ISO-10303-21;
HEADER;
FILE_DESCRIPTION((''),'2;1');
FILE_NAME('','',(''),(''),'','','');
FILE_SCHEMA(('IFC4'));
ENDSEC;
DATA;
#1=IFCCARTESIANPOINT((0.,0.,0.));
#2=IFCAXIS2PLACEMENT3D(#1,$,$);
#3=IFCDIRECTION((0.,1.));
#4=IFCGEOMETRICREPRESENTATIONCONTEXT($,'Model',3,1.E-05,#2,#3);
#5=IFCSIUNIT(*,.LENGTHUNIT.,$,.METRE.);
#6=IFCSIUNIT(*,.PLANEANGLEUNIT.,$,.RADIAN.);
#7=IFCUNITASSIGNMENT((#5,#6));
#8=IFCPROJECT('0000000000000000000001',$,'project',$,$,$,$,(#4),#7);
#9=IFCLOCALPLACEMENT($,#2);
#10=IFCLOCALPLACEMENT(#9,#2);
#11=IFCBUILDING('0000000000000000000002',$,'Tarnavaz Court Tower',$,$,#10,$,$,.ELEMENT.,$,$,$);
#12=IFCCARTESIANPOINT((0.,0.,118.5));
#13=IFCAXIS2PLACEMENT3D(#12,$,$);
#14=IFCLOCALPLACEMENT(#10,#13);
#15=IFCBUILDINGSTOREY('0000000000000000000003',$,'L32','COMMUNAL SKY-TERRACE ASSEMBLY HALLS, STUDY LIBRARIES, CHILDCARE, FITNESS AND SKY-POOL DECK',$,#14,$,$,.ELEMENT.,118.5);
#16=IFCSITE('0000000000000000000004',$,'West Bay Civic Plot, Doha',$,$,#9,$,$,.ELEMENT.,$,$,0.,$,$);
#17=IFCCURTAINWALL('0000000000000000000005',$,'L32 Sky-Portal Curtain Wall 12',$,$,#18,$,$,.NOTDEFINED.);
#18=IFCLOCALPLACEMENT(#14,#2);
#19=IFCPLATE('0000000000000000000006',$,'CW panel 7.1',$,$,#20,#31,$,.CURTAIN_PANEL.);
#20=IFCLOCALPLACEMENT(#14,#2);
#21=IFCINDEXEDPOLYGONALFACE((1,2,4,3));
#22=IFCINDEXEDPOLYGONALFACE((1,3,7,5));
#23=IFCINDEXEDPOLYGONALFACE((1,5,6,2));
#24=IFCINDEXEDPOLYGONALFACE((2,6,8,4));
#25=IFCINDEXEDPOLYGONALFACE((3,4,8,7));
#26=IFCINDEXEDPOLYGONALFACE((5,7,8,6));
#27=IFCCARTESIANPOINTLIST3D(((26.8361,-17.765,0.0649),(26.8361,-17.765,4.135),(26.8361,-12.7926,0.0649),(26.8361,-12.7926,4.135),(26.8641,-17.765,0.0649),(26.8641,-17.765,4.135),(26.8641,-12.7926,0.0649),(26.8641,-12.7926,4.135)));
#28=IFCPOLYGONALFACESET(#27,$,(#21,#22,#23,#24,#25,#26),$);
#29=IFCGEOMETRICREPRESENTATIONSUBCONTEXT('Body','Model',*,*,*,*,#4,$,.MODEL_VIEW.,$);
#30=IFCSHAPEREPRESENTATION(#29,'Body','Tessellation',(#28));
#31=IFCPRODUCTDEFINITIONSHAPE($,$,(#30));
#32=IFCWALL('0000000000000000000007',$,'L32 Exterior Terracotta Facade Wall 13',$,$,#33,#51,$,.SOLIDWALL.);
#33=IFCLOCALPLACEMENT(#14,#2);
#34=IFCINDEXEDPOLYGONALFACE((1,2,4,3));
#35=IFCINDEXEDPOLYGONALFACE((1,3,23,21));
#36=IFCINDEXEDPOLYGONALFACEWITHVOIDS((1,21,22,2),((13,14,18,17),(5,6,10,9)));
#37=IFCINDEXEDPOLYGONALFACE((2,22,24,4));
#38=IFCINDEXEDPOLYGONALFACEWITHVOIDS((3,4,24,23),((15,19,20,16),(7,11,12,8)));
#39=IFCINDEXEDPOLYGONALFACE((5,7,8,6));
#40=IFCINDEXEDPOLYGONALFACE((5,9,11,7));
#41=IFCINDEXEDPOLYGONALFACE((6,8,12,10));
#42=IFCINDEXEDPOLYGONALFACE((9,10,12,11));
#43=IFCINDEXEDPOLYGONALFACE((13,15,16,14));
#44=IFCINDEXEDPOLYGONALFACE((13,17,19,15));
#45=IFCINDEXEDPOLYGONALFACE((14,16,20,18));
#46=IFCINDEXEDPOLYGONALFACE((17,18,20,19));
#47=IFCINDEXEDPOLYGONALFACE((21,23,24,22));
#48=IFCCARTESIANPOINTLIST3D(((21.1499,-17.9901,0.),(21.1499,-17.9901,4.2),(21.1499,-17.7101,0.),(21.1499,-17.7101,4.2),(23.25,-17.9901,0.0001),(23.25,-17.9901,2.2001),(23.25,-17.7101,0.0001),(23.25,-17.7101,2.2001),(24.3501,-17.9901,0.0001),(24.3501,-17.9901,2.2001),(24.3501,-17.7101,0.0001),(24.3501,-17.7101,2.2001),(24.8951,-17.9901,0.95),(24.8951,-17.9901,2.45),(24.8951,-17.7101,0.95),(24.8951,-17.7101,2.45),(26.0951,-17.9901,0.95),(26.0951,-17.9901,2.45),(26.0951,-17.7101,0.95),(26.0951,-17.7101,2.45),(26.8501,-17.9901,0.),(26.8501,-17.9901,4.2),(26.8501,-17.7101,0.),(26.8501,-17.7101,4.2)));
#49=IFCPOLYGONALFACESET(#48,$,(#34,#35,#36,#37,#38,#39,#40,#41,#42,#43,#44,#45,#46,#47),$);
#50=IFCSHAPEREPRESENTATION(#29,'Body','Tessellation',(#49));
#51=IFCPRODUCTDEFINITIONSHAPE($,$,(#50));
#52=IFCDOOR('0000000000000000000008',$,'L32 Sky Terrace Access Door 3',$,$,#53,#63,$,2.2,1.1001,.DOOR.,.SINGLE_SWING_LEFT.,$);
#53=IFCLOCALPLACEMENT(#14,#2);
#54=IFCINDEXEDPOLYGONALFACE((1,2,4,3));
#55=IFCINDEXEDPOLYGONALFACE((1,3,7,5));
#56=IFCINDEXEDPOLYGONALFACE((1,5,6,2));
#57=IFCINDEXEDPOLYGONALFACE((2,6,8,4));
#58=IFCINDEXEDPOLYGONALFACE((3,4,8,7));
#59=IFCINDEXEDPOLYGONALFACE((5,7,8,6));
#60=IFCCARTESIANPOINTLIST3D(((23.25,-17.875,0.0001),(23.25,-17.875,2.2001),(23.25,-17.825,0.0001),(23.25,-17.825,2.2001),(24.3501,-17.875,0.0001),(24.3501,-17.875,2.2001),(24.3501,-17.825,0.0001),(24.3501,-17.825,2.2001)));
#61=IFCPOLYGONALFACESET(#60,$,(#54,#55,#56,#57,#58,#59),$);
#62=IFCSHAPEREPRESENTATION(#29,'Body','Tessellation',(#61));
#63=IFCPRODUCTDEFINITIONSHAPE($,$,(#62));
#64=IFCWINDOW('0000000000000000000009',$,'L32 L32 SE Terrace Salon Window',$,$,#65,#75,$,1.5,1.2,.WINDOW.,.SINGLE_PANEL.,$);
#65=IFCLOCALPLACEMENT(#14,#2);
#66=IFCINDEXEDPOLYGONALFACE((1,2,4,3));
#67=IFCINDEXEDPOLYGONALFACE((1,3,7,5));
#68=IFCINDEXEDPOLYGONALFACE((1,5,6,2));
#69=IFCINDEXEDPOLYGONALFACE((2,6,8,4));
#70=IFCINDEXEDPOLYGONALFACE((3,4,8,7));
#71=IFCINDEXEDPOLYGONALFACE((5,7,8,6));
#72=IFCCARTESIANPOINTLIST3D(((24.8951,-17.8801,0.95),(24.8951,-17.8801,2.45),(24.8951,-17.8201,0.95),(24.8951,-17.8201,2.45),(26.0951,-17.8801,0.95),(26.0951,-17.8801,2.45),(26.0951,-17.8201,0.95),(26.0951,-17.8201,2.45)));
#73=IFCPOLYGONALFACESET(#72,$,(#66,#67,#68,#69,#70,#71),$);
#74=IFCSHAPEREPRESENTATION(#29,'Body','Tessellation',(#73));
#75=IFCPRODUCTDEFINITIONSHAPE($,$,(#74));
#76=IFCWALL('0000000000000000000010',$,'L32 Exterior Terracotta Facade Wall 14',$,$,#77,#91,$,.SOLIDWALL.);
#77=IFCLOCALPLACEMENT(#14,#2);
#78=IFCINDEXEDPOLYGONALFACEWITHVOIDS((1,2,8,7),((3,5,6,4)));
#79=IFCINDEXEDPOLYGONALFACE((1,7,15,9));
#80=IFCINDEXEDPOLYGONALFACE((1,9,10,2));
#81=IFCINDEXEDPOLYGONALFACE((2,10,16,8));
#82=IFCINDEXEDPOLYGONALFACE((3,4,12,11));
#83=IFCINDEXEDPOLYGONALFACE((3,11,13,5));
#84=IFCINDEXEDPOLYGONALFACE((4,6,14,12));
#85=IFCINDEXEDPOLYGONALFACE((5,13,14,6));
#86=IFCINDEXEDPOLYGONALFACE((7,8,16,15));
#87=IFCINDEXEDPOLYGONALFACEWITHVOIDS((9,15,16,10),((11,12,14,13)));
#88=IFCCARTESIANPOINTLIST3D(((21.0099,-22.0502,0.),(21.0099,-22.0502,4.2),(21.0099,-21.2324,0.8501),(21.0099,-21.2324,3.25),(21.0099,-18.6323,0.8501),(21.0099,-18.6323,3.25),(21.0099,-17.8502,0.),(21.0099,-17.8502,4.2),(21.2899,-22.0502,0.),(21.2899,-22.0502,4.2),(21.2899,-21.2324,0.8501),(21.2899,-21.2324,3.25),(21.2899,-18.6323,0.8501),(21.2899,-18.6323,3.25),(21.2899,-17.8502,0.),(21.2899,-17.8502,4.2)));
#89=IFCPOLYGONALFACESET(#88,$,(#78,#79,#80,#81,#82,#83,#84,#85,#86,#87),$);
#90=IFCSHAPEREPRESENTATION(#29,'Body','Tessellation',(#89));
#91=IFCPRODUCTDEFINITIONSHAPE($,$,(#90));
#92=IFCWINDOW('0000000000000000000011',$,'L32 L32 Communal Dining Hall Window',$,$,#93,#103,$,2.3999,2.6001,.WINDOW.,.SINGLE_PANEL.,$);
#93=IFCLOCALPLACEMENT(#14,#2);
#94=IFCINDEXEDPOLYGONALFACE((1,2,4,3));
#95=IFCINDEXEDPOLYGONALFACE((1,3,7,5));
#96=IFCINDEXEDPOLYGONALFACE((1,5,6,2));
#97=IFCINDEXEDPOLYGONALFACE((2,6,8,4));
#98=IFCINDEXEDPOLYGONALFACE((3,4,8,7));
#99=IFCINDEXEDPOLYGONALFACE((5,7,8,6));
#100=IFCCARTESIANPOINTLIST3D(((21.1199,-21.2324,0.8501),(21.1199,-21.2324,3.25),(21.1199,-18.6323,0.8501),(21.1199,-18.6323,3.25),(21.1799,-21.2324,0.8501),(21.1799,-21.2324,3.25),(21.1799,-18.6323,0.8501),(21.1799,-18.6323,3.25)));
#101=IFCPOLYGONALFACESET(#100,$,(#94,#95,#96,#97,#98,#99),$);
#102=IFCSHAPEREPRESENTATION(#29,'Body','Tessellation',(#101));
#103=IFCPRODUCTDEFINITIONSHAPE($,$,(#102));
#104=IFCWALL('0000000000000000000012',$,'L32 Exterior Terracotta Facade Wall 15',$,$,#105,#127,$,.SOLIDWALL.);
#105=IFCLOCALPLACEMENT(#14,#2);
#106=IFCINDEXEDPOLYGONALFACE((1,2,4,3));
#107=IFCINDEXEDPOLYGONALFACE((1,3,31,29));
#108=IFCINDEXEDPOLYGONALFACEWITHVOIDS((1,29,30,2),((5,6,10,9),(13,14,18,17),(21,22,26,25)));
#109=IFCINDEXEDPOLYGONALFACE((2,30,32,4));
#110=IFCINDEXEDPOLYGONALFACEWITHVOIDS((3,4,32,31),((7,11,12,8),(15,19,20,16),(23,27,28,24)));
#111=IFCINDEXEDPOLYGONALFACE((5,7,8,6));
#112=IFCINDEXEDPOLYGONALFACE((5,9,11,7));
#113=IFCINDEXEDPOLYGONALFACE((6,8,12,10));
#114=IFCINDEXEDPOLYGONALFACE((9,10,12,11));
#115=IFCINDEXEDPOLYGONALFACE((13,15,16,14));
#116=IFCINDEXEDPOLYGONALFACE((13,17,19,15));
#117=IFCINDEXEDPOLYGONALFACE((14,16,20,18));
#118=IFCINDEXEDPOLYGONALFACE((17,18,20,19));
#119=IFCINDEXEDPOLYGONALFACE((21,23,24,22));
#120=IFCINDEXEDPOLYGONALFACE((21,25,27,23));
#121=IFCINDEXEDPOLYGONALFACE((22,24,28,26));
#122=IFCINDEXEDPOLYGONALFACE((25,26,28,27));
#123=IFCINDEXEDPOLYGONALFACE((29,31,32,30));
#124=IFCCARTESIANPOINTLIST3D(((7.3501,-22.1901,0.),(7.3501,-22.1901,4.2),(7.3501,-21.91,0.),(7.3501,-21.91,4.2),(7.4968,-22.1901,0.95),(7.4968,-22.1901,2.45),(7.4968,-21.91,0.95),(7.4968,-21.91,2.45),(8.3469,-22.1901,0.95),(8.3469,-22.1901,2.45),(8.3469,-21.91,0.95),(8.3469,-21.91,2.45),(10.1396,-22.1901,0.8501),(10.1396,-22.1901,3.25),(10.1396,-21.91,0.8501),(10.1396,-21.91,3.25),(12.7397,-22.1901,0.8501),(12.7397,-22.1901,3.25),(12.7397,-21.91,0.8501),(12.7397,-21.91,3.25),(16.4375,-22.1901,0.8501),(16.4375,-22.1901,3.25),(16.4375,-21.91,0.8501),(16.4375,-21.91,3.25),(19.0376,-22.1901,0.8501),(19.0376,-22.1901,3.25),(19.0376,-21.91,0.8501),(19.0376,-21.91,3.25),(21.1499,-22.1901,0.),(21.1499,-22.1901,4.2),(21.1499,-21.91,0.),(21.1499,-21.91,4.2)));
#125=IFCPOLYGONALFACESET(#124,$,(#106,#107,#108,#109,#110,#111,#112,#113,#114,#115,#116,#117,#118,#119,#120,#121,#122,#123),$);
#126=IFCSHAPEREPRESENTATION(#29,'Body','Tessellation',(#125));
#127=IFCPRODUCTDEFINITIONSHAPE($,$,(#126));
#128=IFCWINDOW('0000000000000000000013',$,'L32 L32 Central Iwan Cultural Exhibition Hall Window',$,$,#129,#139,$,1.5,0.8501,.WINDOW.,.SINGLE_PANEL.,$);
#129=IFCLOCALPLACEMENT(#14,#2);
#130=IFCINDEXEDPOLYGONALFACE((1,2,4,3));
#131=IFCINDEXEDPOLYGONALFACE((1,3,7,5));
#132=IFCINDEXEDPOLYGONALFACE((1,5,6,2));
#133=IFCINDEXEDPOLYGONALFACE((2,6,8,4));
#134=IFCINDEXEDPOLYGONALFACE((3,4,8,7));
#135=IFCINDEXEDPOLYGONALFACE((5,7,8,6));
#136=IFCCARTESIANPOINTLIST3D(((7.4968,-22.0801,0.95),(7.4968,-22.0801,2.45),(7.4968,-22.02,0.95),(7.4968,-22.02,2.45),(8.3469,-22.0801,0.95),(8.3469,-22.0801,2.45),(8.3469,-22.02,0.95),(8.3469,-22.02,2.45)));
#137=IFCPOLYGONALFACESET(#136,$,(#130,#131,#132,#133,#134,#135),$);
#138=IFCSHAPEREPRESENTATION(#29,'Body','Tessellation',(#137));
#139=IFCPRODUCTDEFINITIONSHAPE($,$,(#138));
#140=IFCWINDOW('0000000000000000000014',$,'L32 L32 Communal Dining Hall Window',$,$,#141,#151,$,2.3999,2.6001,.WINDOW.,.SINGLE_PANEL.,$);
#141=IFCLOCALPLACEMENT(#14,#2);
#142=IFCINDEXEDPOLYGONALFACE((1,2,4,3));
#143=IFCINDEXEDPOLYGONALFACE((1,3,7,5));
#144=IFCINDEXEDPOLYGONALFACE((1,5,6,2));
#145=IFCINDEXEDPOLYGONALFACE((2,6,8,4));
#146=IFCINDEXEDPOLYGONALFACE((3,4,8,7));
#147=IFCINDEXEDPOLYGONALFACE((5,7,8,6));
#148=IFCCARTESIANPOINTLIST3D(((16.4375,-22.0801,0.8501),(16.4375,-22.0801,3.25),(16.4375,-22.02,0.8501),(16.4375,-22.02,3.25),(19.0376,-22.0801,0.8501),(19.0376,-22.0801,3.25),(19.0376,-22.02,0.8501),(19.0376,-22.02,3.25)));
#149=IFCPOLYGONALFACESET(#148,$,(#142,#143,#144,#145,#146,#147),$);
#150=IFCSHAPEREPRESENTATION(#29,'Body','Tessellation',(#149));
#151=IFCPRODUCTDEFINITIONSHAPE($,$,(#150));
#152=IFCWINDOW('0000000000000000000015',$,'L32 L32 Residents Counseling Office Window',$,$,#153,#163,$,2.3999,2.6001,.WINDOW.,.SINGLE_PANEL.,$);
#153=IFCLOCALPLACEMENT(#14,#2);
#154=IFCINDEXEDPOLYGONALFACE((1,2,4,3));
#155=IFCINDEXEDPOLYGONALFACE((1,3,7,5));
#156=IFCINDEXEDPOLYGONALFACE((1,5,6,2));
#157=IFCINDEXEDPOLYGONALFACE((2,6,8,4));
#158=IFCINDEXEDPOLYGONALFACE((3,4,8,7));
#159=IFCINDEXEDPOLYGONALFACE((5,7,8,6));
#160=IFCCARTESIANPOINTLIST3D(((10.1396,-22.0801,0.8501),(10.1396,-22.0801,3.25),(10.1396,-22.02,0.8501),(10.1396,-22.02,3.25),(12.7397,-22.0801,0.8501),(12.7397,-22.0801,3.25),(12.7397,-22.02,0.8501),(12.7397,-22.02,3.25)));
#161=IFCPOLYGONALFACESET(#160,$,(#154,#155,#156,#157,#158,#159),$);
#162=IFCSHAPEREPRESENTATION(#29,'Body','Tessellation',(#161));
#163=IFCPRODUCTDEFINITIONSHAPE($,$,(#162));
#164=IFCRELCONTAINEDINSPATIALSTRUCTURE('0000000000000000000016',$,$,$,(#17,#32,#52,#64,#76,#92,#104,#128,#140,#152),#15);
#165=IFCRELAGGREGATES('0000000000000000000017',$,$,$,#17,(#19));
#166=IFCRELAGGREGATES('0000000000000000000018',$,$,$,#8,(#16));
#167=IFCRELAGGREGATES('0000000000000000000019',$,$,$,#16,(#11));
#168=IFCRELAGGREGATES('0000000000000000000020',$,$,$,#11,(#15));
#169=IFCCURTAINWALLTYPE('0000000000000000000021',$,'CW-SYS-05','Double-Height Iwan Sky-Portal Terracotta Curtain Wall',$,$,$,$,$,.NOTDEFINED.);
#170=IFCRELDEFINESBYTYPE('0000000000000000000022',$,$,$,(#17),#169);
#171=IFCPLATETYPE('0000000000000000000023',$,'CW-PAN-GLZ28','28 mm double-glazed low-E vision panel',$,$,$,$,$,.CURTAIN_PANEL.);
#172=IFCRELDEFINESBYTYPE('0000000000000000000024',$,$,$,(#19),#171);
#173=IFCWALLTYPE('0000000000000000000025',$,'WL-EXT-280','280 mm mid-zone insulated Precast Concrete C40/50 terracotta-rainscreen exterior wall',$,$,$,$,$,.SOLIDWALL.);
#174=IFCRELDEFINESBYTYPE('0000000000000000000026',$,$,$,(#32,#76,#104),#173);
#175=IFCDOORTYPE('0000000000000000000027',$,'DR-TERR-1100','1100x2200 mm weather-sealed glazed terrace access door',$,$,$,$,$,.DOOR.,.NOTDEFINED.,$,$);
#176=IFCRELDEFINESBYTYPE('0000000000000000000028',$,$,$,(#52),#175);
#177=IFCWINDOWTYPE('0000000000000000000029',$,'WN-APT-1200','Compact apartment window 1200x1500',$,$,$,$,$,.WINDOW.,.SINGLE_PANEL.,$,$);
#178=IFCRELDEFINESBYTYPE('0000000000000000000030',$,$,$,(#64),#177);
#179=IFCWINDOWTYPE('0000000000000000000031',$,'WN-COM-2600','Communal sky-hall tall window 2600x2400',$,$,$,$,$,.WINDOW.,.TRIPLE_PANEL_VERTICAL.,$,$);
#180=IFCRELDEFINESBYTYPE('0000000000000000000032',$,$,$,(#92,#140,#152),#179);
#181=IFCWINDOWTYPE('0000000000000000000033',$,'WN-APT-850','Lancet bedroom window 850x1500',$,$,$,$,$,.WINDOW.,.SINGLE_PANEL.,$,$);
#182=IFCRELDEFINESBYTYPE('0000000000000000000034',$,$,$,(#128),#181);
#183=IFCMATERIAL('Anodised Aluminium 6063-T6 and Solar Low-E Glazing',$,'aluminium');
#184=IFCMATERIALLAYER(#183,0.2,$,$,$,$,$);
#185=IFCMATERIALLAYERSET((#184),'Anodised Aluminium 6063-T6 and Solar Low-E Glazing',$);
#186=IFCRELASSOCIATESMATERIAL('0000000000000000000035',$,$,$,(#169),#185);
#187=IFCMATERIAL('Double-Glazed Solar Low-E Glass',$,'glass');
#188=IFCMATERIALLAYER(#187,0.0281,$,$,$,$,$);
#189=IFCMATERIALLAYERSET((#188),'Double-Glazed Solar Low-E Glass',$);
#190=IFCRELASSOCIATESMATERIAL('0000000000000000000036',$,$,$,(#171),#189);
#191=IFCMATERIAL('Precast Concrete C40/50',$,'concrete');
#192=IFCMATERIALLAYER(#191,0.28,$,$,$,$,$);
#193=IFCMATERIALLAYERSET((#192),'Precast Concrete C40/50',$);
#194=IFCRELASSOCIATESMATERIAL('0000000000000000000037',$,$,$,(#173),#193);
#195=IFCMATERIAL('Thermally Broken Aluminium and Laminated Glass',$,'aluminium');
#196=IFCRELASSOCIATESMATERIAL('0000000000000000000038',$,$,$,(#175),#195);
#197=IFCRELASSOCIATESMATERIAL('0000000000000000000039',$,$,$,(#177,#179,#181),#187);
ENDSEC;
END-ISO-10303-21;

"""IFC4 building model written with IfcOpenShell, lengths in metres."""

from ifc_helpers import new_model, si_unit, direction, frame, frame_2d, origin, origin_2d, place, context, subcontext, project, spatial, rectangle, extrude, material, layer, layer_set, type_object, element, fill, aggregate, save


model = new_model("IFC4")

# Units and contexts
model_context = context("Model", 3, precision=1e-05, world=origin(), true_north=direction((0.0, 1.0)))
body_context = subcontext(model_context, "Body", "Model", "MODEL_VIEW")
ifc_project = project(units=[si_unit("LENGTHUNIT", "METRE"), si_unit("PLANEANGLEUNIT", "RADIAN")], contexts=[model_context])

# Site, building, storey
site_placement = place(None, origin())
site = spatial("IfcSite", under=ifc_project, at=site_placement, Name="West Bay Civic Plot, Doha", CompositionType="ELEMENT", RefElevation=0.0)
building_placement = place(site_placement, origin())
building = spatial("IfcBuilding", under=site, at=building_placement, Name="Tarnavaz Court Tower", CompositionType="ELEMENT")
storey_placement = place(building_placement, frame((0.0, 0.0, 118.5)))
storey = spatial("IfcBuildingStorey", under=building, at=storey_placement, Name="L32", Description="COMMUNAL SKY-TERRACE ASSEMBLY HALLS, STUDY LIBRARIES, CHILDCARE, FITNESS AND SKY-POOL DECK", CompositionType="ELEMENT", Elevation=118.5)

# Curtain wall, plate
ifc_material_1 = material(Name="Anodised Aluminium 6063-T6 and Solar Low-E Glazing", Category="aluminium")
ifc_layer_1 = layer(ifc_material_1, 0.2)
ifc_layer_set_1 = layer_set([ifc_layer_1], Name="Anodised Aluminium 6063-T6 and Solar Low-E Glazing")
curtain_wall_type = type_object("IfcCurtainWallType", Name="CW-SYS-05", Description="Double-Height Iwan Sky-Portal Terracotta Curtain Wall", PredefinedType="NOTDEFINED", material=ifc_layer_set_1)
curtain_wall_placement = place(storey_placement, origin())
curtain_wall = element("IfcCurtainWall", 1, at=curtain_wall_placement, inside=storey, type_object=curtain_wall_type, Name="L32 Sky-Portal Curtain Wall 12", PredefinedType="NOTDEFINED")
ifc_material_2 = material(Name="Double-Glazed Solar Low-E Glass", Category="glass")
ifc_layer_2 = layer(ifc_material_2, 0.0281)
ifc_layer_set_2 = layer_set([ifc_layer_2], Name="Double-Glazed Solar Low-E Glass")
plate_type = type_object("IfcPlateType", Name="CW-PAN-GLZ28", Description="28 mm double-glazed low-E vision panel", PredefinedType="CURTAIN_PANEL", material=ifc_layer_set_2)
plate_placement = place(storey_placement, frame((26.8501, -15.2788, 0.0649), z_axis=(0.0, 0.0, 1.0), x_axis=(0.0, -1.0, 0.0)))
plate = element("IfcPlate", 2, at=plate_placement, type_object=plate_type, Name="CW panel 7.1", PredefinedType="CURTAIN_PANEL", context=body_context, shape_type="SweptSolid", body=[
    extrude(rectangle(XDim=4.9724, YDim=0.0281, at=origin_2d()), origin(), (0.0, 0.0, 1.0), 4.0701),
])
aggregate(curtain_wall, [plate])

# Wall, openings, door, window
ifc_material_3 = material(Name="Precast Concrete C40/50", Category="concrete")
ifc_layer_3 = layer(ifc_material_3, 0.28)
ifc_layer_set_3 = layer_set([ifc_layer_3], Name="Precast Concrete C40/50")
wall_type_1 = type_object("IfcWallType", Name="WL-EXT-280", Description="280 mm mid-zone insulated Precast Concrete C40/50 terracotta-rainscreen exterior wall", PredefinedType="SOLIDWALL", material=ifc_layer_set_3)
wall_1_placement = place(storey_placement, frame((26.8501, -17.8501, 0.0), z_axis=(0.0, 0.0, 1.0), x_axis=(-1.0, 0.0, 0.0)))
wall_1 = element("IfcWall", 3, at=wall_1_placement, inside=storey, type_object=wall_type_1, Name="L32 Exterior Terracotta Facade Wall 13", PredefinedType="SOLIDWALL", context=body_context, shape_type="SweptSolid", body=[
    extrude(rectangle(XDim=5.7002, YDim=0.28, at=frame_2d((2.8501, 0.0))), origin(), (0.0, 0.0, 1.0), 4.2),
])
opening_1_placement = place(wall_1_placement, frame((2.5, 0.0, 0.0)))
opening_1 = element("IfcOpeningElement", 4, at=opening_1_placement, cuts=wall_1, PredefinedType="OPENING", context=body_context, shape_type="SweptSolid", body=[
    extrude(rectangle(XDim=1.1001, YDim=2.2, at=frame_2d((0.55, 1.1001))), frame((0.0, 0.1499, 0.0), z_axis=(0.0, -1.0, 0.0), x_axis=(1.0, 0.0, 0.0)), (0.0, 0.0, 1.0), 0.3),
])
opening_2_placement = place(wall_1_placement, frame((0.7549, 0.0, 0.95)))
opening_2 = element("IfcOpeningElement", 5, at=opening_2_placement, cuts=wall_1, PredefinedType="OPENING", context=body_context, shape_type="SweptSolid", body=[
    extrude(rectangle(XDim=1.2, YDim=1.5, at=frame_2d((0.6001, 0.75))), frame((0.0, 0.1499, 0.0), z_axis=(0.0, -1.0, 0.0), x_axis=(1.0, 0.0, 0.0)), (0.0, 0.0, 1.0), 0.3),
])
ifc_material_4 = material(Name="Thermally Broken Aluminium and Laminated Glass", Category="aluminium")
door_type = type_object("IfcDoorType", Name="DR-TERR-1100", Description="1100x2200 mm weather-sealed glazed terrace access door", OperationType="NOTDEFINED", PredefinedType="DOOR", material=ifc_material_4)
door_placement = place(opening_1_placement, origin())
door = element("IfcDoor", 6, at=door_placement, inside=storey, type_object=door_type, Name="L32 Sky Terrace Access Door 3", OperationType="SINGLE_SWING_LEFT", OverallHeight=2.2, OverallWidth=1.1001, PredefinedType="DOOR", context=body_context, shape_type="SweptSolid", body=[
    extrude(rectangle(XDim=1.1001, YDim=2.2, at=frame_2d((0.55, 1.1001))), frame((0.0, 0.0249, 0.0), z_axis=(0.0, -1.0, 0.0), x_axis=(1.0, 0.0, 0.0)), (0.0, 0.0, 1.0), 0.05),
])
fill(opening_1, door)
window_type_1 = type_object("IfcWindowType", Name="WN-APT-1200", Description="Compact apartment window 1200x1500", PartitioningType="SINGLE_PANEL", PredefinedType="WINDOW", material=ifc_material_2)
window_1_placement = place(opening_2_placement, origin())
window_1 = element("IfcWindow", 7, at=window_1_placement, inside=storey, type_object=window_type_1, Name="L32 L32 SE Terrace Salon Window", OverallHeight=1.5, OverallWidth=1.2, PartitioningType="SINGLE_PANEL", PredefinedType="WINDOW", context=body_context, shape_type="SweptSolid", body=[
    extrude(rectangle(XDim=1.2, YDim=1.5, at=frame_2d((0.6001, 0.75))), frame((0.0, 0.03, 0.0), z_axis=(0.0, -1.0, 0.0), x_axis=(1.0, 0.0, 0.0)), (0.0, 0.0, 1.0), 0.0601),
])
fill(opening_2, window_1)

# Wall, opening, window
wall_2_placement = place(storey_placement, frame((21.1499, -17.8501, 0.0), z_axis=(0.0, 0.0, 1.0), x_axis=(0.0, -1.0, 0.0)))
wall_2 = element("IfcWall", 8, at=wall_2_placement, inside=storey, type_object=wall_type_1, Name="L32 Exterior Terracotta Facade Wall 14", PredefinedType="SOLIDWALL", context=body_context, shape_type="SweptSolid", body=[
    extrude(rectangle(XDim=4.2, YDim=0.28, at=frame_2d((2.1001, 0.0))), origin(), (0.0, 0.0, 1.0), 4.2),
])
opening_3_placement = place(wall_2_placement, frame((0.7822, 0.0, 0.8501)))
opening_3 = element("IfcOpeningElement", 9, at=opening_3_placement, cuts=wall_2, PredefinedType="OPENING", context=body_context, shape_type="SweptSolid", body=[
    extrude(rectangle(XDim=2.6001, YDim=2.3999, at=frame_2d((1.3, 1.2))), frame((0.0, 0.1499, 0.0), z_axis=(0.0, -1.0, 0.0), x_axis=(1.0, 0.0, 0.0)), (0.0, 0.0, 1.0), 0.3),
])
window_type_2 = type_object("IfcWindowType", Name="WN-COM-2600", Description="Communal sky-hall tall window 2600x2400", PartitioningType="TRIPLE_PANEL_VERTICAL", PredefinedType="WINDOW", material=ifc_material_2)
window_2_placement = place(opening_3_placement, origin())
window_2 = element("IfcWindow", 10, at=window_2_placement, inside=storey, type_object=window_type_2, Name="L32 L32 Communal Dining Hall Window", OverallHeight=2.3999, OverallWidth=2.6001, PartitioningType="SINGLE_PANEL", PredefinedType="WINDOW", context=body_context, shape_type="SweptSolid", body=[
    extrude(rectangle(XDim=2.6001, YDim=2.3999, at=frame_2d((1.3, 1.2))), frame((0.0, 0.03, 0.0), z_axis=(0.0, -1.0, 0.0), x_axis=(1.0, 0.0, 0.0)), (0.0, 0.0, 1.0), 0.0601),
])
fill(opening_3, window_2)

# Wall, openings, windows
wall_3_placement = place(storey_placement, frame((21.1499, -22.05, 0.0), z_axis=(0.0, 0.0, 1.0), x_axis=(-1.0, 0.0, 0.0)))
wall_3 = element("IfcWall", 11, at=wall_3_placement, inside=storey, type_object=wall_type_1, Name="L32 Exterior Terracotta Facade Wall 15", PredefinedType="SOLIDWALL", context=body_context, shape_type="SweptSolid", body=[
    extrude(rectangle(XDim=13.7998, YDim=0.28, at=frame_2d((6.8999, 0.0))), origin(), (0.0, 0.0, 1.0), 4.2),
])
opening_4_placement = place(wall_3_placement, frame((2.1123, 0.0, 0.8501)))
opening_4 = element("IfcOpeningElement", 12, at=opening_4_placement, cuts=wall_3, PredefinedType="OPENING", context=body_context, shape_type="SweptSolid", body=[
    extrude(rectangle(XDim=2.6001, YDim=2.3999, at=frame_2d((1.3, 1.2))), frame((0.0, 0.1499, 0.0), z_axis=(0.0, -1.0, 0.0), x_axis=(1.0, 0.0, 0.0)), (0.0, 0.0, 1.0), 0.3),
])
opening_5_placement = place(wall_3_placement, frame((8.4102, 0.0, 0.8501)))
opening_5 = element("IfcOpeningElement", 13, at=opening_5_placement, cuts=wall_3, PredefinedType="OPENING", context=body_context, shape_type="SweptSolid", body=[
    extrude(rectangle(XDim=2.6001, YDim=2.3999, at=frame_2d((1.3, 1.2))), frame((0.0, 0.1499, 0.0), z_axis=(0.0, -1.0, 0.0), x_axis=(1.0, 0.0, 0.0)), (0.0, 0.0, 1.0), 0.3),
])
opening_6_placement = place(wall_3_placement, frame((12.803, 0.0, 0.95)))
opening_6 = element("IfcOpeningElement", 14, at=opening_6_placement, cuts=wall_3, PredefinedType="OPENING", context=body_context, shape_type="SweptSolid", body=[
    extrude(rectangle(XDim=0.8501, YDim=1.5, at=frame_2d((0.425, 0.75))), frame((0.0, 0.1499, 0.0), z_axis=(0.0, -1.0, 0.0), x_axis=(1.0, 0.0, 0.0)), (0.0, 0.0, 1.0), 0.3),
])
window_type_3 = type_object("IfcWindowType", Name="WN-APT-850", Description="Lancet bedroom window 850x1500", PartitioningType="SINGLE_PANEL", PredefinedType="WINDOW", material=ifc_material_2)
window_3_placement = place(opening_6_placement, origin())
window_3 = element("IfcWindow", 15, at=window_3_placement, inside=storey, type_object=window_type_3, Name="L32 L32 Central Iwan Cultural Exhibition Hall Window", OverallHeight=1.5, OverallWidth=0.8501, PartitioningType="SINGLE_PANEL", PredefinedType="WINDOW", context=body_context, shape_type="SweptSolid", body=[
    extrude(rectangle(XDim=0.8501, YDim=1.5, at=frame_2d((0.425, 0.75))), frame((0.0, 0.03, 0.0), z_axis=(0.0, -1.0, 0.0), x_axis=(1.0, 0.0, 0.0)), (0.0, 0.0, 1.0), 0.0601),
])
fill(opening_6, window_3)
window_4_placement = place(opening_4_placement, origin())
window_4 = element("IfcWindow", 16, at=window_4_placement, inside=storey, type_object=window_type_2, Name="L32 L32 Communal Dining Hall Window", OverallHeight=2.3999, OverallWidth=2.6001, PartitioningType="SINGLE_PANEL", PredefinedType="WINDOW", context=body_context, shape_type="SweptSolid", body=[
    extrude(rectangle(XDim=2.6001, YDim=2.3999, at=frame_2d((1.3, 1.2))), frame((0.0, 0.03, 0.0), z_axis=(0.0, -1.0, 0.0), x_axis=(1.0, 0.0, 0.0)), (0.0, 0.0, 1.0), 0.0601),
])
fill(opening_4, window_4)
window_5_placement = place(opening_5_placement, origin())
window_5 = element("IfcWindow", 17, at=window_5_placement, inside=storey, type_object=window_type_2, Name="L32 L32 Residents Counseling Office Window", OverallHeight=2.3999, OverallWidth=2.6001, PartitioningType="SINGLE_PANEL", PredefinedType="WINDOW", context=body_context, shape_type="SweptSolid", body=[
    extrude(rectangle(XDim=2.6001, YDim=2.3999, at=frame_2d((1.3, 1.2))), frame((0.0, 0.03, 0.0), z_axis=(0.0, -1.0, 0.0), x_axis=(1.0, 0.0, 0.0)), (0.0, 0.0, 1.0), 0.0601),
])
fill(opening_5, window_5)

save(model, "model.ifc")
